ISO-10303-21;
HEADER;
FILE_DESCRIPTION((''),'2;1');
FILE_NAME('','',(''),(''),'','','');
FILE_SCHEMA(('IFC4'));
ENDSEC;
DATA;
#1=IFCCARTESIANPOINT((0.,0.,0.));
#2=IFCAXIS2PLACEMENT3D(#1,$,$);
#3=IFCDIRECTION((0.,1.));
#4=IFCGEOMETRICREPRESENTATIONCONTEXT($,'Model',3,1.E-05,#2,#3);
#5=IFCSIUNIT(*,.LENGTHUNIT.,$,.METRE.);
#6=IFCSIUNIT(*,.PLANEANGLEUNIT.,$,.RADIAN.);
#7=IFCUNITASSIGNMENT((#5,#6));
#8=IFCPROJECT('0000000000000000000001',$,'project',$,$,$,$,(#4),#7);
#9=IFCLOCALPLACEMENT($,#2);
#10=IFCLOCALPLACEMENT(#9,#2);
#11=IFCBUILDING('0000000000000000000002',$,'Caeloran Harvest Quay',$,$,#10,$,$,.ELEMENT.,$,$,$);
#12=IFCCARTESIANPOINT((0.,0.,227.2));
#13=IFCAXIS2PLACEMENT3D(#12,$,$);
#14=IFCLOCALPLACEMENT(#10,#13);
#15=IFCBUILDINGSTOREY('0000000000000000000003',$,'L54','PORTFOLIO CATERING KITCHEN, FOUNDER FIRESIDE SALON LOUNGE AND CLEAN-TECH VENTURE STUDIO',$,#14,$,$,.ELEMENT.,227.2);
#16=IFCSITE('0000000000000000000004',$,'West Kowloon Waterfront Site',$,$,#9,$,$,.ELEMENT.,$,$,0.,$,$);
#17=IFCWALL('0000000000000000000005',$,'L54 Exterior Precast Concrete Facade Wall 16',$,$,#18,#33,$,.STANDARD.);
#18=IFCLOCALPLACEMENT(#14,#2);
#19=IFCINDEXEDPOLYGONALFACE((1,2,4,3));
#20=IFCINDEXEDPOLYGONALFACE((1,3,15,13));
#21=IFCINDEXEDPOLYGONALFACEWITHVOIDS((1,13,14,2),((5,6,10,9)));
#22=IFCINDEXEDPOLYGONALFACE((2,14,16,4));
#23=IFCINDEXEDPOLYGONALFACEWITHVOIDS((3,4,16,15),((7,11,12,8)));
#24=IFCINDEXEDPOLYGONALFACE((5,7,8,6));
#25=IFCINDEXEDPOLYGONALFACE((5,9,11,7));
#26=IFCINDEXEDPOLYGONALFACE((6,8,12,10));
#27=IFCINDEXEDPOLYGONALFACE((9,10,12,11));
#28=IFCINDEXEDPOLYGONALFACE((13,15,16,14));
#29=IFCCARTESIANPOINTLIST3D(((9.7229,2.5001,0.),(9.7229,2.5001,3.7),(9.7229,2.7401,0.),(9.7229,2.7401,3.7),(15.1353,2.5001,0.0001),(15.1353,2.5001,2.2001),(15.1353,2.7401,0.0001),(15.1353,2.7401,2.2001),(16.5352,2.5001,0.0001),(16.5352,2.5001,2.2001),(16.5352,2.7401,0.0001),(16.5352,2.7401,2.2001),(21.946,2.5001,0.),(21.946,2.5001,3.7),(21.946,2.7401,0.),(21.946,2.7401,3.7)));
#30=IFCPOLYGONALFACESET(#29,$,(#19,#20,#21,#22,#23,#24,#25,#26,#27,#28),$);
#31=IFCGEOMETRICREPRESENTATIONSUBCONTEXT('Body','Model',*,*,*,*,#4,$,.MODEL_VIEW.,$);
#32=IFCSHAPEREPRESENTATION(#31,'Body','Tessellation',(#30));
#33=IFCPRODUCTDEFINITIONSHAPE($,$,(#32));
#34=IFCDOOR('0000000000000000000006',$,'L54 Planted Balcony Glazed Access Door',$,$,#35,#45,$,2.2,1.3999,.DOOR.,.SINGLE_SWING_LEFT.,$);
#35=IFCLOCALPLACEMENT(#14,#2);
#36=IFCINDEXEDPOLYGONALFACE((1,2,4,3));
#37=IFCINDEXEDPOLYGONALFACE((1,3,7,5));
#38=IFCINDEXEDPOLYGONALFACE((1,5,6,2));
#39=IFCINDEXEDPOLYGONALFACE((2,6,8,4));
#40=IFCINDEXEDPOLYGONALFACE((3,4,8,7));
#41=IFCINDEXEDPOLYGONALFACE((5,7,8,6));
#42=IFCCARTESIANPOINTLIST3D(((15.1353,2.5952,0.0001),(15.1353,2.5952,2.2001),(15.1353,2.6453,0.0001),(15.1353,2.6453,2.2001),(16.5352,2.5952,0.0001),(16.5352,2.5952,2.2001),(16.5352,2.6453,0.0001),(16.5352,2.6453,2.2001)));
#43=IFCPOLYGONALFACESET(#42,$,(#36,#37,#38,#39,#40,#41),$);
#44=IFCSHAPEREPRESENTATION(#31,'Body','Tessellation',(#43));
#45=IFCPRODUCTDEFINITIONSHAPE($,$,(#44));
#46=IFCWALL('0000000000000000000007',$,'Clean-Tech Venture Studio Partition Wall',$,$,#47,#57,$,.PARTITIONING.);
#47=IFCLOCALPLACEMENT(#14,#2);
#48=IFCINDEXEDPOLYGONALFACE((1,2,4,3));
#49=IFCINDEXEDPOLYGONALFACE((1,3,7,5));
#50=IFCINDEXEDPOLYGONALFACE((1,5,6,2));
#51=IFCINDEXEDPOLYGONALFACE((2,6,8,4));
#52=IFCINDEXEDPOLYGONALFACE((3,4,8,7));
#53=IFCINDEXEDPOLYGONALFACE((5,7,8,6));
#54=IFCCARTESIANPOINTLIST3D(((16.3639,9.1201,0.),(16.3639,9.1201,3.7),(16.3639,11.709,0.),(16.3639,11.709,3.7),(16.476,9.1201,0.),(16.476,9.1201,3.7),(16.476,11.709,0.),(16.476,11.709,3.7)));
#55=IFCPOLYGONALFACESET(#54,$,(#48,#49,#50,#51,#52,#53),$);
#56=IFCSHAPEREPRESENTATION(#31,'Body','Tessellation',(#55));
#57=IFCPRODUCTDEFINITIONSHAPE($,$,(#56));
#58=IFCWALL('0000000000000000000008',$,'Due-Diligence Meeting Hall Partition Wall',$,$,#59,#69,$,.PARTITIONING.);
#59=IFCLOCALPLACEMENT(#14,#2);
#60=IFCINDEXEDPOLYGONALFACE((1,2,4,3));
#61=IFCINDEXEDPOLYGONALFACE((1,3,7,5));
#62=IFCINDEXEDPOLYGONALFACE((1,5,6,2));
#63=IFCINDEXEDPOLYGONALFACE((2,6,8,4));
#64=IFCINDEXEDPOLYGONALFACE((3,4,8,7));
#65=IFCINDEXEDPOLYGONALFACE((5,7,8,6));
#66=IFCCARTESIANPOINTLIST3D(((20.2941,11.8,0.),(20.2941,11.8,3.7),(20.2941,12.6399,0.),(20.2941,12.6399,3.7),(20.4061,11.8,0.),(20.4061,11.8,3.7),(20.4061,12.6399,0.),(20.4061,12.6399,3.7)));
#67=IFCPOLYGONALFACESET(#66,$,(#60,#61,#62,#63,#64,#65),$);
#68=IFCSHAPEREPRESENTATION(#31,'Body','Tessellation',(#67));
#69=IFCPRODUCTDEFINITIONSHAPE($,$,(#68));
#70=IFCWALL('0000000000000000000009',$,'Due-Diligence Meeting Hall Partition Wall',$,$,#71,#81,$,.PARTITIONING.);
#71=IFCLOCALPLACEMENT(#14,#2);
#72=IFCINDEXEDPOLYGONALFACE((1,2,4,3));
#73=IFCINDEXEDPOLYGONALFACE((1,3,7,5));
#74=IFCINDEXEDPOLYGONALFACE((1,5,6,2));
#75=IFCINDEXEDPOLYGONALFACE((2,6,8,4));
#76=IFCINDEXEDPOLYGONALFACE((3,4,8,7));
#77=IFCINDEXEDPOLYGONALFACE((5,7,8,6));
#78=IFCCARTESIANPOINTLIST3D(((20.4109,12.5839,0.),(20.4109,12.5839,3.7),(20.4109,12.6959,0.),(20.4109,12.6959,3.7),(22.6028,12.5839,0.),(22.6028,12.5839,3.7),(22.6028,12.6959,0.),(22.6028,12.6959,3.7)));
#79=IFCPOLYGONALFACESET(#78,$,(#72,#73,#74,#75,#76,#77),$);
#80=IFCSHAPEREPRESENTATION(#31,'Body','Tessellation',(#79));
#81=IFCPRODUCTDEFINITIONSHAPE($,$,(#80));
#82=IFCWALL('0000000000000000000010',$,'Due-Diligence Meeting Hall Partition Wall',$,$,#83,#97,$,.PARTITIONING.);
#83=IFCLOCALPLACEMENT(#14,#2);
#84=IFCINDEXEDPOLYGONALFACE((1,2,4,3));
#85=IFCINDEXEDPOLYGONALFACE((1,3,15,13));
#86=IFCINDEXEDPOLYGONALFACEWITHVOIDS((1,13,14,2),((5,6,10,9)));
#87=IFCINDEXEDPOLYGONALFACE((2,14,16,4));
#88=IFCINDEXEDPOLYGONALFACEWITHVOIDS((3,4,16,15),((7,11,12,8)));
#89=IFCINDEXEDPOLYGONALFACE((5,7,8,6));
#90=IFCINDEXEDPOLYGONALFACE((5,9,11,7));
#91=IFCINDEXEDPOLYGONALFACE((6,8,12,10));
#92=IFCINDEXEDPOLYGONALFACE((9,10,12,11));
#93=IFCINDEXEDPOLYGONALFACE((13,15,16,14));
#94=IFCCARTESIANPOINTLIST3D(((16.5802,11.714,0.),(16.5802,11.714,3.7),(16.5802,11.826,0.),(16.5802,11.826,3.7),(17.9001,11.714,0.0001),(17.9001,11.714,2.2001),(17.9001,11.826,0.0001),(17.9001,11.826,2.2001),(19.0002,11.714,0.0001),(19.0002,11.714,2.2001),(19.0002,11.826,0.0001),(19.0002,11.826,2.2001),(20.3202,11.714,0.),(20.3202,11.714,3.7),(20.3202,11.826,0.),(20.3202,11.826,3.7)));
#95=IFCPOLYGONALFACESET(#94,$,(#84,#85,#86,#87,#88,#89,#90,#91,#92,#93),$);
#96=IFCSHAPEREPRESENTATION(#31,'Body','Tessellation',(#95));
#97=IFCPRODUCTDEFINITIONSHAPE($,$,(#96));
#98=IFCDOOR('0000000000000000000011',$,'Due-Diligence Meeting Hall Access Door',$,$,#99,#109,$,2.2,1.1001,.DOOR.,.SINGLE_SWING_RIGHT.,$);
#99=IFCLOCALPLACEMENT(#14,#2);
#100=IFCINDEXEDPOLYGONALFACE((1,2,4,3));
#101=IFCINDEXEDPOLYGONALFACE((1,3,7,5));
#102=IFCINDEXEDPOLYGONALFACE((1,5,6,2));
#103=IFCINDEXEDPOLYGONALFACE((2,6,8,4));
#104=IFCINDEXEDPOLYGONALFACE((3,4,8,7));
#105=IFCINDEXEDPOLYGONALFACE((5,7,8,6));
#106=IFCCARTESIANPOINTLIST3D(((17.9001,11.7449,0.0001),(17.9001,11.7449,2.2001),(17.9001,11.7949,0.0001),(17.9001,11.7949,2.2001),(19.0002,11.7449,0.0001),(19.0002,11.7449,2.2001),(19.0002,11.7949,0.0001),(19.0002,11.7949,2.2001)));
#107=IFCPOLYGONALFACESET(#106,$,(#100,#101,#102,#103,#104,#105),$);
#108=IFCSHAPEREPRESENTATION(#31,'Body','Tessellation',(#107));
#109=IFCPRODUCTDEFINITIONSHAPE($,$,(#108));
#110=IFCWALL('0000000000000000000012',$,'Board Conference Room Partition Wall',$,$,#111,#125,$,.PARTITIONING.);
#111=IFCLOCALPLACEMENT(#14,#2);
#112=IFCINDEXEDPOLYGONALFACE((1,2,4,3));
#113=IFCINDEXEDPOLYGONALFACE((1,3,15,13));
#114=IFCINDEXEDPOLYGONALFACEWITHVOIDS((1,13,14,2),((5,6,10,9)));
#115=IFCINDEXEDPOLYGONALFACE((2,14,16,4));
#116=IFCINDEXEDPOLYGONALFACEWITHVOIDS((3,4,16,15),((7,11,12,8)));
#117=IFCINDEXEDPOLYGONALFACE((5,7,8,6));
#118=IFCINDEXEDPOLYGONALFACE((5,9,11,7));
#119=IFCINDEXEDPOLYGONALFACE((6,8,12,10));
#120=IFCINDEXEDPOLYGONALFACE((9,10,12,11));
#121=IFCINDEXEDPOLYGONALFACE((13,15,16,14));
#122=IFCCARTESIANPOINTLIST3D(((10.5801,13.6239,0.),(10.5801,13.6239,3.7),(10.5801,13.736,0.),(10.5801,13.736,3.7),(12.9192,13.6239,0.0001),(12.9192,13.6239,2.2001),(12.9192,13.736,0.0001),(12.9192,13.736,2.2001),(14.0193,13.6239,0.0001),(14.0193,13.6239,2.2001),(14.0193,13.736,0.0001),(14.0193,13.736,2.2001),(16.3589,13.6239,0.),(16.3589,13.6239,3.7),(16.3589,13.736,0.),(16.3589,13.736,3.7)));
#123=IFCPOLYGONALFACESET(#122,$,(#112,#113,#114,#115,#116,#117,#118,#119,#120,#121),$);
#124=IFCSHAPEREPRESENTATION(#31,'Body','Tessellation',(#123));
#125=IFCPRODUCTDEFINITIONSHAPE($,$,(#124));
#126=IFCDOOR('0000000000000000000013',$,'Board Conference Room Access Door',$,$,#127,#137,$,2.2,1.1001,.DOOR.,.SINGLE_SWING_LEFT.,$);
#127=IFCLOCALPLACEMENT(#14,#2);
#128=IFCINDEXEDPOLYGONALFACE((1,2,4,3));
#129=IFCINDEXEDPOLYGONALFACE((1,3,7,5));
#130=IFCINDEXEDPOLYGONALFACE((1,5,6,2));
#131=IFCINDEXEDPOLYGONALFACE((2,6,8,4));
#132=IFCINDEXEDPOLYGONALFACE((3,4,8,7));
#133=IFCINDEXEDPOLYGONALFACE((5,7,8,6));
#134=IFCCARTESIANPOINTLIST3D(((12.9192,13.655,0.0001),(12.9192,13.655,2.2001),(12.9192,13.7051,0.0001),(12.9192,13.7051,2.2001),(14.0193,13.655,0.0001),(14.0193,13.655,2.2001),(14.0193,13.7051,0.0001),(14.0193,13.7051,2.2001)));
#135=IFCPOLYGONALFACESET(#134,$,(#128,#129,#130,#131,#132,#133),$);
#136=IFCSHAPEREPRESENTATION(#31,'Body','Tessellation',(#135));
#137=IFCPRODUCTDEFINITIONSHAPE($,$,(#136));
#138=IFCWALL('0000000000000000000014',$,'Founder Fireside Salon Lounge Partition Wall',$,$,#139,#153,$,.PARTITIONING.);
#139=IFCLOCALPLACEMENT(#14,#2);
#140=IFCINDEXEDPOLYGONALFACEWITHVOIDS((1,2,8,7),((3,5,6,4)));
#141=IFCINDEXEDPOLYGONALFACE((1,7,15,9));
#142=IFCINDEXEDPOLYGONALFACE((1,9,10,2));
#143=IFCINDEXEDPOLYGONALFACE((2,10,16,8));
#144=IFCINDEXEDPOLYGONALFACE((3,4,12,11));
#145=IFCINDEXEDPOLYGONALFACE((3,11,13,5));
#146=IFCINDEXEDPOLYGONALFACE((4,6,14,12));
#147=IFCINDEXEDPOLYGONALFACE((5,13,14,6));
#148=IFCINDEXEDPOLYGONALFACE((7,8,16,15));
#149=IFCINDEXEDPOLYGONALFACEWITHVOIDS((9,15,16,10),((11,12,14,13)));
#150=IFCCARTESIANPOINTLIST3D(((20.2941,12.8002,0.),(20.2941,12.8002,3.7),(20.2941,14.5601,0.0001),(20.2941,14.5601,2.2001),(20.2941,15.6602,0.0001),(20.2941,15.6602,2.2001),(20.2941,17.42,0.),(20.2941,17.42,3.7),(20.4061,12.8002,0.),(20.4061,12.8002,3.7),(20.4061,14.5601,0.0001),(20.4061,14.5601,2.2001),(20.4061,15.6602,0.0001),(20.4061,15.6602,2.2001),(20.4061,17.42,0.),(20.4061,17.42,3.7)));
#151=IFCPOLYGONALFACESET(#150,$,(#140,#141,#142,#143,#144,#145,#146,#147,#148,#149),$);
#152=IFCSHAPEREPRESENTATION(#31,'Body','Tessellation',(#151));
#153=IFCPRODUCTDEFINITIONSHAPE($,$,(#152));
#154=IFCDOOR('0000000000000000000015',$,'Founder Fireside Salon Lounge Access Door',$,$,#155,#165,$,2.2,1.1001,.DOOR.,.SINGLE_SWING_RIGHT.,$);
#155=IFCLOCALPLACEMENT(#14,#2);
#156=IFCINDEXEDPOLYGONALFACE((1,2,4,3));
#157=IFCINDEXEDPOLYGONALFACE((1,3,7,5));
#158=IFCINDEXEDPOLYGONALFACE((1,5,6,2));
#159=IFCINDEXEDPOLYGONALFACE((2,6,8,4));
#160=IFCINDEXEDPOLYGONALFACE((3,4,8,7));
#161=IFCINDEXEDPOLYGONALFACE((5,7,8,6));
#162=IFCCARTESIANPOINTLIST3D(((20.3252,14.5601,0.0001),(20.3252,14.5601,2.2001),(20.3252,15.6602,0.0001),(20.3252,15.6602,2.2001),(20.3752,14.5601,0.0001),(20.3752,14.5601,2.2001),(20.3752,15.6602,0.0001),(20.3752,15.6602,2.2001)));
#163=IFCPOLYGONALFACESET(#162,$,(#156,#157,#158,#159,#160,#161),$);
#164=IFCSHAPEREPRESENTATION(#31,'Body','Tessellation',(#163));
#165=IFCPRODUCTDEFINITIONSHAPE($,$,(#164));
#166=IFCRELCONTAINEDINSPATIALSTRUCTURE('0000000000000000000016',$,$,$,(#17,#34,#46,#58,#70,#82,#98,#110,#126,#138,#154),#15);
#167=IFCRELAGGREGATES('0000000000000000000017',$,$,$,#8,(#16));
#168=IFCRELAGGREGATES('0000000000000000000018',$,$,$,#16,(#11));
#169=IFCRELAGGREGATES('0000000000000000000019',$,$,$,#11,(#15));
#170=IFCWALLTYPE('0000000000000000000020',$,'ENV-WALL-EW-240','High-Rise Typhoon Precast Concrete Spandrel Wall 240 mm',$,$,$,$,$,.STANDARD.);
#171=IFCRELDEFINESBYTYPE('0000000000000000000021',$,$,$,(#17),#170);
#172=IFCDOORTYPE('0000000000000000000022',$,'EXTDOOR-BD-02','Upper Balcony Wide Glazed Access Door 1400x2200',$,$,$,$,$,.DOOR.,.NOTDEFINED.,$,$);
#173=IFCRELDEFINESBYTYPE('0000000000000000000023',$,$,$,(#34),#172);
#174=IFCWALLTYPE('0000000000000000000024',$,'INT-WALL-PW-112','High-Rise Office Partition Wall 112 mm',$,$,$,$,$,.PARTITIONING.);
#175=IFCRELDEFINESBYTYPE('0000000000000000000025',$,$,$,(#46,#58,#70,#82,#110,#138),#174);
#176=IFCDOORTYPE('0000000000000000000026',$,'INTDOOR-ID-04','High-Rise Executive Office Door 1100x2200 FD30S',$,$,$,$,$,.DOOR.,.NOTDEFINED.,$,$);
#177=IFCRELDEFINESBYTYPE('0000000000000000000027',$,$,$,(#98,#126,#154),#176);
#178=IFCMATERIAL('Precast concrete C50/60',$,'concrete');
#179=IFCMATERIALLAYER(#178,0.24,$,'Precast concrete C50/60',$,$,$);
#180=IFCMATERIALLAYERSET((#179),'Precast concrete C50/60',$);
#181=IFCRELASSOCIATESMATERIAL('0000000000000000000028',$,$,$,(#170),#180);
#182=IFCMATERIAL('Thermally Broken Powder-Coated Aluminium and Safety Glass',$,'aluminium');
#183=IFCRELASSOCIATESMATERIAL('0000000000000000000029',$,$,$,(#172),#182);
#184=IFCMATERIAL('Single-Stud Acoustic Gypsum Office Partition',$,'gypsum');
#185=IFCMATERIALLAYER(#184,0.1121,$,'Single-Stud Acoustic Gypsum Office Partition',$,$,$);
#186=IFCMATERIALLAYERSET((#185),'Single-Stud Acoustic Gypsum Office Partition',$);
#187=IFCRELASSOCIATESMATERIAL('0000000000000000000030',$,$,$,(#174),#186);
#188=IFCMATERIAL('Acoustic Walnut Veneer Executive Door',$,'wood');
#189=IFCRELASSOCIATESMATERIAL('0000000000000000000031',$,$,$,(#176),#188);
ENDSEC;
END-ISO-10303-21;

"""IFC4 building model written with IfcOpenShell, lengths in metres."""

from ifc_helpers import new_model, si_unit, direction, frame, frame_2d, origin, place, context, subcontext, project, spatial, rectangle, extrude, material, layer, layer_set, type_object, element, fill, save


model = new_model("IFC4")

# Units and contexts
model_context = context("Model", 3, precision=1e-05, world=origin(), true_north=direction((0.0, 1.0)))
body_context = subcontext(model_context, "Body", "Model", "MODEL_VIEW")
ifc_project = project(units=[si_unit("LENGTHUNIT", "METRE"), si_unit("PLANEANGLEUNIT", "RADIAN")], contexts=[model_context])

# Site, building, storey
site_placement = place(None, origin())
site = spatial("IfcSite", under=ifc_project, at=site_placement, Name="West Kowloon Waterfront Site", CompositionType="ELEMENT", RefElevation=0.0)
building_placement = place(site_placement, origin())
building = spatial("IfcBuilding", under=site, at=building_placement, Name="Caeloran Harvest Quay", CompositionType="ELEMENT")
storey_placement = place(building_placement, frame((0.0, 0.0, 227.2)))
storey = spatial("IfcBuildingStorey", under=building, at=storey_placement, Name="L54", Description="PORTFOLIO CATERING KITCHEN, FOUNDER FIRESIDE SALON LOUNGE AND CLEAN-TECH VENTURE STUDIO", CompositionType="ELEMENT", Elevation=227.2)

# Shared definitions
ifc_material_1 = material(Name="Precast concrete C50/60", Category="concrete")

# Shared definitions
ifc_layer_1 = layer(ifc_material_1, 0.24, Name="Precast concrete C50/60")
ifc_layer_set_1 = layer_set([ifc_layer_1], Name="Precast concrete C50/60")
wall_type_1 = type_object("IfcWallType", Name="ENV-WALL-EW-240", Description="High-Rise Typhoon Precast Concrete Spandrel Wall 240 mm", PredefinedType="STANDARD", material=ifc_layer_set_1)

# Wall, opening, door
wall_1_placement = place(storey_placement, frame((21.946, 2.6201, 0.0), z_axis=(0.0, 0.0, 1.0), x_axis=(-1.0, 0.0, 0.0)))
wall_1 = element("IfcWall", 1, at=wall_1_placement, inside=storey, type_object=wall_type_1, Name="L54 Exterior Precast Concrete Facade Wall 16", PredefinedType="STANDARD", context=body_context, shape_type="SweptSolid", body=[
    extrude(rectangle(XDim=12.2231, YDim=0.24, at=frame_2d((6.1116, 0.0))), origin(), (0.0, 0.0, 1.0), 3.7),
])
opening_1_placement = place(wall_1_placement, frame((5.4109, 0.0, 0.0)))
opening_1 = element("IfcOpeningElement", 2, at=opening_1_placement, cuts=wall_1, PredefinedType="OPENING", context=body_context, shape_type="SweptSolid", body=[
    extrude(rectangle(XDim=1.3999, YDim=2.2, at=frame_2d((0.7, 1.1001))), frame((0.0, 0.1299, 0.0), z_axis=(0.0, -1.0, 0.0), x_axis=(1.0, 0.0, 0.0)), (0.0, 0.0, 1.0), 0.26),
])
ifc_material_2 = material(Name="Thermally Broken Powder-Coated Aluminium and Safety Glass", Category="aluminium")
door_type_1 = type_object("IfcDoorType", Name="EXTDOOR-BD-02", Description="Upper Balcony Wide Glazed Access Door 1400x2200", OperationType="NOTDEFINED", PredefinedType="DOOR", material=ifc_material_2)
door_1_placement = place(opening_1_placement, origin())
door_1 = element("IfcDoor", 3, at=door_1_placement, inside=storey, type_object=door_type_1, Name="L54 Planted Balcony Glazed Access Door", OperationType="SINGLE_SWING_LEFT", OverallHeight=2.2, OverallWidth=1.3999, PredefinedType="DOOR", context=body_context, shape_type="SweptSolid", body=[
    extrude(rectangle(XDim=1.3999, YDim=2.2, at=frame_2d((0.7, 1.1001))), frame((0.0, 0.0249, 0.0), z_axis=(0.0, -1.0, 0.0), x_axis=(1.0, 0.0, 0.0)), (0.0, 0.0, 1.0), 0.05),
])
fill(opening_1, door_1)

# Walls
ifc_material_3 = material(Name="Single-Stud Acoustic Gypsum Office Partition", Category="gypsum")
ifc_layer_2 = layer(ifc_material_3, 0.1121, Name="Single-Stud Acoustic Gypsum Office Partition")
ifc_layer_set_2 = layer_set([ifc_layer_2], Name="Single-Stud Acoustic Gypsum Office Partition")
wall_type_2 = type_object("IfcWallType", Name="INT-WALL-PW-112", Description="High-Rise Office Partition Wall 112 mm", PredefinedType="PARTITIONING", material=ifc_layer_set_2)
wall_2_placement = place(storey_placement, frame((16.4199, 11.709, 0.0), z_axis=(0.0, 0.0, 1.0), x_axis=(0.0, -1.0, 0.0)))
element("IfcWall", 4, at=wall_2_placement, inside=storey, type_object=wall_type_2, Name="Clean-Tech Venture Studio Partition Wall", PredefinedType="PARTITIONING", context=body_context, shape_type="SweptSolid", body=[
    extrude(rectangle(XDim=2.5889, YDim=0.1121, at=frame_2d((1.2944, 0.0))), origin(), (0.0, 0.0, 1.0), 3.7),
])
wall_3_placement = place(storey_placement, frame((20.3501, 11.8, 0.0), z_axis=(0.0, 0.0, 1.0), x_axis=(0.0, 1.0, 0.0)))
element("IfcWall", 5, at=wall_3_placement, inside=storey, type_object=wall_type_2, Name="Due-Diligence Meeting Hall Partition Wall", PredefinedType="PARTITIONING", context=body_context, shape_type="SweptSolid", body=[
    extrude(rectangle(XDim=0.8398, YDim=0.1121, at=frame_2d((0.4199, 0.0))), origin(), (0.0, 0.0, 1.0), 3.7),
])
wall_4_placement = place(storey_placement, frame((20.4109, 12.6399, 0.0), z_axis=(0.0, 0.0, 1.0), x_axis=(1.0, 0.0, 0.0)))
element("IfcWall", 6, at=wall_4_placement, inside=storey, type_object=wall_type_2, Name="Due-Diligence Meeting Hall Partition Wall", PredefinedType="PARTITIONING", context=body_context, shape_type="SweptSolid", body=[
    extrude(rectangle(XDim=2.1919, YDim=0.1121, at=frame_2d((1.0959, 0.0))), origin(), (0.0, 0.0, 1.0), 3.7),
])

# Walls, openings, doors
wall_5_placement = place(storey_placement, frame((16.5801, 11.77, 0.0), z_axis=(0.0, 0.0, 1.0), x_axis=(1.0, 0.0, 0.0)))
wall_5 = element("IfcWall", 7, at=wall_5_placement, inside=storey, type_object=wall_type_2, Name="Due-Diligence Meeting Hall Partition Wall", PredefinedType="PARTITIONING", context=body_context, shape_type="SweptSolid", body=[
    extrude(rectangle(XDim=3.74, YDim=0.1121, at=frame_2d((1.8701, 0.0))), origin(), (0.0, 0.0, 1.0), 3.7),
])
opening_2_placement = place(wall_5_placement, frame((1.3201, 0.0, 0.0)))
opening_2 = element("IfcOpeningElement", 8, at=opening_2_placement, cuts=wall_5, PredefinedType="OPENING", context=body_context, shape_type="SweptSolid", body=[
    extrude(rectangle(XDim=1.1001, YDim=2.2, at=frame_2d((0.55, 1.1001))), frame((0.0, 0.0659, 0.0), z_axis=(0.0, -1.0, 0.0), x_axis=(1.0, 0.0, 0.0)), (0.0, 0.0, 1.0), 0.1321),
])
ifc_material_4 = material(Name="Acoustic Walnut Veneer Executive Door", Category="wood")
door_type_2 = type_object("IfcDoorType", Name="INTDOOR-ID-04", Description="High-Rise Executive Office Door 1100x2200 FD30S", OperationType="NOTDEFINED", PredefinedType="DOOR", material=ifc_material_4)
door_2_placement = place(opening_2_placement, origin())
door_2 = element("IfcDoor", 9, at=door_2_placement, inside=storey, type_object=door_type_2, Name="Due-Diligence Meeting Hall Access Door", OperationType="SINGLE_SWING_RIGHT", OverallHeight=2.2, OverallWidth=1.1001, PredefinedType="DOOR", context=body_context, shape_type="SweptSolid", body=[
    extrude(rectangle(XDim=1.1001, YDim=2.2, at=frame_2d((0.55, 1.1001))), frame((0.0, 0.0249, 0.0), z_axis=(0.0, -1.0, 0.0), x_axis=(1.0, 0.0, 0.0)), (0.0, 0.0, 1.0), 0.05),
])
fill(opening_2, door_2)
wall_6_placement = place(storey_placement, frame((16.3589, 13.6799, 0.0), z_axis=(0.0, 0.0, 1.0), x_axis=(-1.0, 0.0, 0.0)))
wall_6 = element("IfcWall", 10, at=wall_6_placement, inside=storey, type_object=wall_type_2, Name="Board Conference Room Partition Wall", PredefinedType="PARTITIONING", context=body_context, shape_type="SweptSolid", body=[
    extrude(rectangle(XDim=5.7788, YDim=0.1121, at=frame_2d((2.8894, 0.0))), origin(), (0.0, 0.0, 1.0), 3.7),
])
opening_3_placement = place(wall_6_placement, frame((2.3396, 0.0, 0.0)))
opening_3 = element("IfcOpeningElement", 11, at=opening_3_placement, cuts=wall_6, PredefinedType="OPENING", context=body_context, shape_type="SweptSolid", body=[
    extrude(rectangle(XDim=1.1001, YDim=2.2, at=frame_2d((0.55, 1.1001))), frame((0.0, 0.0659, 0.0), z_axis=(0.0, -1.0, 0.0), x_axis=(1.0, 0.0, 0.0)), (0.0, 0.0, 1.0), 0.1321),
])
door_3_placement = place(opening_3_placement, origin())
door_3 = element("IfcDoor", 12, at=door_3_placement, inside=storey, type_object=door_type_2, Name="Board Conference Room Access Door", OperationType="SINGLE_SWING_LEFT", OverallHeight=2.2, OverallWidth=1.1001, PredefinedType="DOOR", context=body_context, shape_type="SweptSolid", body=[
    extrude(rectangle(XDim=1.1001, YDim=2.2, at=frame_2d((0.55, 1.1001))), frame((0.0, 0.0249, 0.0), z_axis=(0.0, -1.0, 0.0), x_axis=(1.0, 0.0, 0.0)), (0.0, 0.0, 1.0), 0.05),
])
fill(opening_3, door_3)
wall_7_placement = place(storey_placement, frame((20.3501, 12.8, 0.0), z_axis=(0.0, 0.0, 1.0), x_axis=(0.0, 1.0, 0.0)))
wall_7 = element("IfcWall", 13, at=wall_7_placement, inside=storey, type_object=wall_type_2, Name="Founder Fireside Salon Lounge Partition Wall", PredefinedType="PARTITIONING", context=body_context, shape_type="SweptSolid", body=[
    extrude(rectangle(XDim=4.6199, YDim=0.1121, at=frame_2d((2.3101, 0.0))), origin(), (0.0, 0.0, 1.0), 3.7),
])
opening_4_placement = place(wall_7_placement, frame((1.76, 0.0, 0.0)))
opening_4 = element("IfcOpeningElement", 14, at=opening_4_placement, cuts=wall_7, PredefinedType="OPENING", context=body_context, shape_type="SweptSolid", body=[
    extrude(rectangle(XDim=1.1001, YDim=2.2, at=frame_2d((0.55, 1.1001))), frame((0.0, 0.0659, 0.0), z_axis=(0.0, -1.0, 0.0), x_axis=(1.0, 0.0, 0.0)), (0.0, 0.0, 1.0), 0.1321),
])
door_4_placement = place(opening_4_placement, origin())
door_4 = element("IfcDoor", 15, at=door_4_placement, inside=storey, type_object=door_type_2, Name="Founder Fireside Salon Lounge Access Door", OperationType="SINGLE_SWING_RIGHT", OverallHeight=2.2, OverallWidth=1.1001, PredefinedType="DOOR", context=body_context, shape_type="SweptSolid", body=[
    extrude(rectangle(XDim=1.1001, YDim=2.2, at=frame_2d((0.55, 1.1001))), frame((0.0, 0.0249, 0.0), z_axis=(0.0, -1.0, 0.0), x_axis=(1.0, 0.0, 0.0)), (0.0, 0.0, 1.0), 0.05),
])
fill(opening_4, door_4)

save(model, "model.ifc")
